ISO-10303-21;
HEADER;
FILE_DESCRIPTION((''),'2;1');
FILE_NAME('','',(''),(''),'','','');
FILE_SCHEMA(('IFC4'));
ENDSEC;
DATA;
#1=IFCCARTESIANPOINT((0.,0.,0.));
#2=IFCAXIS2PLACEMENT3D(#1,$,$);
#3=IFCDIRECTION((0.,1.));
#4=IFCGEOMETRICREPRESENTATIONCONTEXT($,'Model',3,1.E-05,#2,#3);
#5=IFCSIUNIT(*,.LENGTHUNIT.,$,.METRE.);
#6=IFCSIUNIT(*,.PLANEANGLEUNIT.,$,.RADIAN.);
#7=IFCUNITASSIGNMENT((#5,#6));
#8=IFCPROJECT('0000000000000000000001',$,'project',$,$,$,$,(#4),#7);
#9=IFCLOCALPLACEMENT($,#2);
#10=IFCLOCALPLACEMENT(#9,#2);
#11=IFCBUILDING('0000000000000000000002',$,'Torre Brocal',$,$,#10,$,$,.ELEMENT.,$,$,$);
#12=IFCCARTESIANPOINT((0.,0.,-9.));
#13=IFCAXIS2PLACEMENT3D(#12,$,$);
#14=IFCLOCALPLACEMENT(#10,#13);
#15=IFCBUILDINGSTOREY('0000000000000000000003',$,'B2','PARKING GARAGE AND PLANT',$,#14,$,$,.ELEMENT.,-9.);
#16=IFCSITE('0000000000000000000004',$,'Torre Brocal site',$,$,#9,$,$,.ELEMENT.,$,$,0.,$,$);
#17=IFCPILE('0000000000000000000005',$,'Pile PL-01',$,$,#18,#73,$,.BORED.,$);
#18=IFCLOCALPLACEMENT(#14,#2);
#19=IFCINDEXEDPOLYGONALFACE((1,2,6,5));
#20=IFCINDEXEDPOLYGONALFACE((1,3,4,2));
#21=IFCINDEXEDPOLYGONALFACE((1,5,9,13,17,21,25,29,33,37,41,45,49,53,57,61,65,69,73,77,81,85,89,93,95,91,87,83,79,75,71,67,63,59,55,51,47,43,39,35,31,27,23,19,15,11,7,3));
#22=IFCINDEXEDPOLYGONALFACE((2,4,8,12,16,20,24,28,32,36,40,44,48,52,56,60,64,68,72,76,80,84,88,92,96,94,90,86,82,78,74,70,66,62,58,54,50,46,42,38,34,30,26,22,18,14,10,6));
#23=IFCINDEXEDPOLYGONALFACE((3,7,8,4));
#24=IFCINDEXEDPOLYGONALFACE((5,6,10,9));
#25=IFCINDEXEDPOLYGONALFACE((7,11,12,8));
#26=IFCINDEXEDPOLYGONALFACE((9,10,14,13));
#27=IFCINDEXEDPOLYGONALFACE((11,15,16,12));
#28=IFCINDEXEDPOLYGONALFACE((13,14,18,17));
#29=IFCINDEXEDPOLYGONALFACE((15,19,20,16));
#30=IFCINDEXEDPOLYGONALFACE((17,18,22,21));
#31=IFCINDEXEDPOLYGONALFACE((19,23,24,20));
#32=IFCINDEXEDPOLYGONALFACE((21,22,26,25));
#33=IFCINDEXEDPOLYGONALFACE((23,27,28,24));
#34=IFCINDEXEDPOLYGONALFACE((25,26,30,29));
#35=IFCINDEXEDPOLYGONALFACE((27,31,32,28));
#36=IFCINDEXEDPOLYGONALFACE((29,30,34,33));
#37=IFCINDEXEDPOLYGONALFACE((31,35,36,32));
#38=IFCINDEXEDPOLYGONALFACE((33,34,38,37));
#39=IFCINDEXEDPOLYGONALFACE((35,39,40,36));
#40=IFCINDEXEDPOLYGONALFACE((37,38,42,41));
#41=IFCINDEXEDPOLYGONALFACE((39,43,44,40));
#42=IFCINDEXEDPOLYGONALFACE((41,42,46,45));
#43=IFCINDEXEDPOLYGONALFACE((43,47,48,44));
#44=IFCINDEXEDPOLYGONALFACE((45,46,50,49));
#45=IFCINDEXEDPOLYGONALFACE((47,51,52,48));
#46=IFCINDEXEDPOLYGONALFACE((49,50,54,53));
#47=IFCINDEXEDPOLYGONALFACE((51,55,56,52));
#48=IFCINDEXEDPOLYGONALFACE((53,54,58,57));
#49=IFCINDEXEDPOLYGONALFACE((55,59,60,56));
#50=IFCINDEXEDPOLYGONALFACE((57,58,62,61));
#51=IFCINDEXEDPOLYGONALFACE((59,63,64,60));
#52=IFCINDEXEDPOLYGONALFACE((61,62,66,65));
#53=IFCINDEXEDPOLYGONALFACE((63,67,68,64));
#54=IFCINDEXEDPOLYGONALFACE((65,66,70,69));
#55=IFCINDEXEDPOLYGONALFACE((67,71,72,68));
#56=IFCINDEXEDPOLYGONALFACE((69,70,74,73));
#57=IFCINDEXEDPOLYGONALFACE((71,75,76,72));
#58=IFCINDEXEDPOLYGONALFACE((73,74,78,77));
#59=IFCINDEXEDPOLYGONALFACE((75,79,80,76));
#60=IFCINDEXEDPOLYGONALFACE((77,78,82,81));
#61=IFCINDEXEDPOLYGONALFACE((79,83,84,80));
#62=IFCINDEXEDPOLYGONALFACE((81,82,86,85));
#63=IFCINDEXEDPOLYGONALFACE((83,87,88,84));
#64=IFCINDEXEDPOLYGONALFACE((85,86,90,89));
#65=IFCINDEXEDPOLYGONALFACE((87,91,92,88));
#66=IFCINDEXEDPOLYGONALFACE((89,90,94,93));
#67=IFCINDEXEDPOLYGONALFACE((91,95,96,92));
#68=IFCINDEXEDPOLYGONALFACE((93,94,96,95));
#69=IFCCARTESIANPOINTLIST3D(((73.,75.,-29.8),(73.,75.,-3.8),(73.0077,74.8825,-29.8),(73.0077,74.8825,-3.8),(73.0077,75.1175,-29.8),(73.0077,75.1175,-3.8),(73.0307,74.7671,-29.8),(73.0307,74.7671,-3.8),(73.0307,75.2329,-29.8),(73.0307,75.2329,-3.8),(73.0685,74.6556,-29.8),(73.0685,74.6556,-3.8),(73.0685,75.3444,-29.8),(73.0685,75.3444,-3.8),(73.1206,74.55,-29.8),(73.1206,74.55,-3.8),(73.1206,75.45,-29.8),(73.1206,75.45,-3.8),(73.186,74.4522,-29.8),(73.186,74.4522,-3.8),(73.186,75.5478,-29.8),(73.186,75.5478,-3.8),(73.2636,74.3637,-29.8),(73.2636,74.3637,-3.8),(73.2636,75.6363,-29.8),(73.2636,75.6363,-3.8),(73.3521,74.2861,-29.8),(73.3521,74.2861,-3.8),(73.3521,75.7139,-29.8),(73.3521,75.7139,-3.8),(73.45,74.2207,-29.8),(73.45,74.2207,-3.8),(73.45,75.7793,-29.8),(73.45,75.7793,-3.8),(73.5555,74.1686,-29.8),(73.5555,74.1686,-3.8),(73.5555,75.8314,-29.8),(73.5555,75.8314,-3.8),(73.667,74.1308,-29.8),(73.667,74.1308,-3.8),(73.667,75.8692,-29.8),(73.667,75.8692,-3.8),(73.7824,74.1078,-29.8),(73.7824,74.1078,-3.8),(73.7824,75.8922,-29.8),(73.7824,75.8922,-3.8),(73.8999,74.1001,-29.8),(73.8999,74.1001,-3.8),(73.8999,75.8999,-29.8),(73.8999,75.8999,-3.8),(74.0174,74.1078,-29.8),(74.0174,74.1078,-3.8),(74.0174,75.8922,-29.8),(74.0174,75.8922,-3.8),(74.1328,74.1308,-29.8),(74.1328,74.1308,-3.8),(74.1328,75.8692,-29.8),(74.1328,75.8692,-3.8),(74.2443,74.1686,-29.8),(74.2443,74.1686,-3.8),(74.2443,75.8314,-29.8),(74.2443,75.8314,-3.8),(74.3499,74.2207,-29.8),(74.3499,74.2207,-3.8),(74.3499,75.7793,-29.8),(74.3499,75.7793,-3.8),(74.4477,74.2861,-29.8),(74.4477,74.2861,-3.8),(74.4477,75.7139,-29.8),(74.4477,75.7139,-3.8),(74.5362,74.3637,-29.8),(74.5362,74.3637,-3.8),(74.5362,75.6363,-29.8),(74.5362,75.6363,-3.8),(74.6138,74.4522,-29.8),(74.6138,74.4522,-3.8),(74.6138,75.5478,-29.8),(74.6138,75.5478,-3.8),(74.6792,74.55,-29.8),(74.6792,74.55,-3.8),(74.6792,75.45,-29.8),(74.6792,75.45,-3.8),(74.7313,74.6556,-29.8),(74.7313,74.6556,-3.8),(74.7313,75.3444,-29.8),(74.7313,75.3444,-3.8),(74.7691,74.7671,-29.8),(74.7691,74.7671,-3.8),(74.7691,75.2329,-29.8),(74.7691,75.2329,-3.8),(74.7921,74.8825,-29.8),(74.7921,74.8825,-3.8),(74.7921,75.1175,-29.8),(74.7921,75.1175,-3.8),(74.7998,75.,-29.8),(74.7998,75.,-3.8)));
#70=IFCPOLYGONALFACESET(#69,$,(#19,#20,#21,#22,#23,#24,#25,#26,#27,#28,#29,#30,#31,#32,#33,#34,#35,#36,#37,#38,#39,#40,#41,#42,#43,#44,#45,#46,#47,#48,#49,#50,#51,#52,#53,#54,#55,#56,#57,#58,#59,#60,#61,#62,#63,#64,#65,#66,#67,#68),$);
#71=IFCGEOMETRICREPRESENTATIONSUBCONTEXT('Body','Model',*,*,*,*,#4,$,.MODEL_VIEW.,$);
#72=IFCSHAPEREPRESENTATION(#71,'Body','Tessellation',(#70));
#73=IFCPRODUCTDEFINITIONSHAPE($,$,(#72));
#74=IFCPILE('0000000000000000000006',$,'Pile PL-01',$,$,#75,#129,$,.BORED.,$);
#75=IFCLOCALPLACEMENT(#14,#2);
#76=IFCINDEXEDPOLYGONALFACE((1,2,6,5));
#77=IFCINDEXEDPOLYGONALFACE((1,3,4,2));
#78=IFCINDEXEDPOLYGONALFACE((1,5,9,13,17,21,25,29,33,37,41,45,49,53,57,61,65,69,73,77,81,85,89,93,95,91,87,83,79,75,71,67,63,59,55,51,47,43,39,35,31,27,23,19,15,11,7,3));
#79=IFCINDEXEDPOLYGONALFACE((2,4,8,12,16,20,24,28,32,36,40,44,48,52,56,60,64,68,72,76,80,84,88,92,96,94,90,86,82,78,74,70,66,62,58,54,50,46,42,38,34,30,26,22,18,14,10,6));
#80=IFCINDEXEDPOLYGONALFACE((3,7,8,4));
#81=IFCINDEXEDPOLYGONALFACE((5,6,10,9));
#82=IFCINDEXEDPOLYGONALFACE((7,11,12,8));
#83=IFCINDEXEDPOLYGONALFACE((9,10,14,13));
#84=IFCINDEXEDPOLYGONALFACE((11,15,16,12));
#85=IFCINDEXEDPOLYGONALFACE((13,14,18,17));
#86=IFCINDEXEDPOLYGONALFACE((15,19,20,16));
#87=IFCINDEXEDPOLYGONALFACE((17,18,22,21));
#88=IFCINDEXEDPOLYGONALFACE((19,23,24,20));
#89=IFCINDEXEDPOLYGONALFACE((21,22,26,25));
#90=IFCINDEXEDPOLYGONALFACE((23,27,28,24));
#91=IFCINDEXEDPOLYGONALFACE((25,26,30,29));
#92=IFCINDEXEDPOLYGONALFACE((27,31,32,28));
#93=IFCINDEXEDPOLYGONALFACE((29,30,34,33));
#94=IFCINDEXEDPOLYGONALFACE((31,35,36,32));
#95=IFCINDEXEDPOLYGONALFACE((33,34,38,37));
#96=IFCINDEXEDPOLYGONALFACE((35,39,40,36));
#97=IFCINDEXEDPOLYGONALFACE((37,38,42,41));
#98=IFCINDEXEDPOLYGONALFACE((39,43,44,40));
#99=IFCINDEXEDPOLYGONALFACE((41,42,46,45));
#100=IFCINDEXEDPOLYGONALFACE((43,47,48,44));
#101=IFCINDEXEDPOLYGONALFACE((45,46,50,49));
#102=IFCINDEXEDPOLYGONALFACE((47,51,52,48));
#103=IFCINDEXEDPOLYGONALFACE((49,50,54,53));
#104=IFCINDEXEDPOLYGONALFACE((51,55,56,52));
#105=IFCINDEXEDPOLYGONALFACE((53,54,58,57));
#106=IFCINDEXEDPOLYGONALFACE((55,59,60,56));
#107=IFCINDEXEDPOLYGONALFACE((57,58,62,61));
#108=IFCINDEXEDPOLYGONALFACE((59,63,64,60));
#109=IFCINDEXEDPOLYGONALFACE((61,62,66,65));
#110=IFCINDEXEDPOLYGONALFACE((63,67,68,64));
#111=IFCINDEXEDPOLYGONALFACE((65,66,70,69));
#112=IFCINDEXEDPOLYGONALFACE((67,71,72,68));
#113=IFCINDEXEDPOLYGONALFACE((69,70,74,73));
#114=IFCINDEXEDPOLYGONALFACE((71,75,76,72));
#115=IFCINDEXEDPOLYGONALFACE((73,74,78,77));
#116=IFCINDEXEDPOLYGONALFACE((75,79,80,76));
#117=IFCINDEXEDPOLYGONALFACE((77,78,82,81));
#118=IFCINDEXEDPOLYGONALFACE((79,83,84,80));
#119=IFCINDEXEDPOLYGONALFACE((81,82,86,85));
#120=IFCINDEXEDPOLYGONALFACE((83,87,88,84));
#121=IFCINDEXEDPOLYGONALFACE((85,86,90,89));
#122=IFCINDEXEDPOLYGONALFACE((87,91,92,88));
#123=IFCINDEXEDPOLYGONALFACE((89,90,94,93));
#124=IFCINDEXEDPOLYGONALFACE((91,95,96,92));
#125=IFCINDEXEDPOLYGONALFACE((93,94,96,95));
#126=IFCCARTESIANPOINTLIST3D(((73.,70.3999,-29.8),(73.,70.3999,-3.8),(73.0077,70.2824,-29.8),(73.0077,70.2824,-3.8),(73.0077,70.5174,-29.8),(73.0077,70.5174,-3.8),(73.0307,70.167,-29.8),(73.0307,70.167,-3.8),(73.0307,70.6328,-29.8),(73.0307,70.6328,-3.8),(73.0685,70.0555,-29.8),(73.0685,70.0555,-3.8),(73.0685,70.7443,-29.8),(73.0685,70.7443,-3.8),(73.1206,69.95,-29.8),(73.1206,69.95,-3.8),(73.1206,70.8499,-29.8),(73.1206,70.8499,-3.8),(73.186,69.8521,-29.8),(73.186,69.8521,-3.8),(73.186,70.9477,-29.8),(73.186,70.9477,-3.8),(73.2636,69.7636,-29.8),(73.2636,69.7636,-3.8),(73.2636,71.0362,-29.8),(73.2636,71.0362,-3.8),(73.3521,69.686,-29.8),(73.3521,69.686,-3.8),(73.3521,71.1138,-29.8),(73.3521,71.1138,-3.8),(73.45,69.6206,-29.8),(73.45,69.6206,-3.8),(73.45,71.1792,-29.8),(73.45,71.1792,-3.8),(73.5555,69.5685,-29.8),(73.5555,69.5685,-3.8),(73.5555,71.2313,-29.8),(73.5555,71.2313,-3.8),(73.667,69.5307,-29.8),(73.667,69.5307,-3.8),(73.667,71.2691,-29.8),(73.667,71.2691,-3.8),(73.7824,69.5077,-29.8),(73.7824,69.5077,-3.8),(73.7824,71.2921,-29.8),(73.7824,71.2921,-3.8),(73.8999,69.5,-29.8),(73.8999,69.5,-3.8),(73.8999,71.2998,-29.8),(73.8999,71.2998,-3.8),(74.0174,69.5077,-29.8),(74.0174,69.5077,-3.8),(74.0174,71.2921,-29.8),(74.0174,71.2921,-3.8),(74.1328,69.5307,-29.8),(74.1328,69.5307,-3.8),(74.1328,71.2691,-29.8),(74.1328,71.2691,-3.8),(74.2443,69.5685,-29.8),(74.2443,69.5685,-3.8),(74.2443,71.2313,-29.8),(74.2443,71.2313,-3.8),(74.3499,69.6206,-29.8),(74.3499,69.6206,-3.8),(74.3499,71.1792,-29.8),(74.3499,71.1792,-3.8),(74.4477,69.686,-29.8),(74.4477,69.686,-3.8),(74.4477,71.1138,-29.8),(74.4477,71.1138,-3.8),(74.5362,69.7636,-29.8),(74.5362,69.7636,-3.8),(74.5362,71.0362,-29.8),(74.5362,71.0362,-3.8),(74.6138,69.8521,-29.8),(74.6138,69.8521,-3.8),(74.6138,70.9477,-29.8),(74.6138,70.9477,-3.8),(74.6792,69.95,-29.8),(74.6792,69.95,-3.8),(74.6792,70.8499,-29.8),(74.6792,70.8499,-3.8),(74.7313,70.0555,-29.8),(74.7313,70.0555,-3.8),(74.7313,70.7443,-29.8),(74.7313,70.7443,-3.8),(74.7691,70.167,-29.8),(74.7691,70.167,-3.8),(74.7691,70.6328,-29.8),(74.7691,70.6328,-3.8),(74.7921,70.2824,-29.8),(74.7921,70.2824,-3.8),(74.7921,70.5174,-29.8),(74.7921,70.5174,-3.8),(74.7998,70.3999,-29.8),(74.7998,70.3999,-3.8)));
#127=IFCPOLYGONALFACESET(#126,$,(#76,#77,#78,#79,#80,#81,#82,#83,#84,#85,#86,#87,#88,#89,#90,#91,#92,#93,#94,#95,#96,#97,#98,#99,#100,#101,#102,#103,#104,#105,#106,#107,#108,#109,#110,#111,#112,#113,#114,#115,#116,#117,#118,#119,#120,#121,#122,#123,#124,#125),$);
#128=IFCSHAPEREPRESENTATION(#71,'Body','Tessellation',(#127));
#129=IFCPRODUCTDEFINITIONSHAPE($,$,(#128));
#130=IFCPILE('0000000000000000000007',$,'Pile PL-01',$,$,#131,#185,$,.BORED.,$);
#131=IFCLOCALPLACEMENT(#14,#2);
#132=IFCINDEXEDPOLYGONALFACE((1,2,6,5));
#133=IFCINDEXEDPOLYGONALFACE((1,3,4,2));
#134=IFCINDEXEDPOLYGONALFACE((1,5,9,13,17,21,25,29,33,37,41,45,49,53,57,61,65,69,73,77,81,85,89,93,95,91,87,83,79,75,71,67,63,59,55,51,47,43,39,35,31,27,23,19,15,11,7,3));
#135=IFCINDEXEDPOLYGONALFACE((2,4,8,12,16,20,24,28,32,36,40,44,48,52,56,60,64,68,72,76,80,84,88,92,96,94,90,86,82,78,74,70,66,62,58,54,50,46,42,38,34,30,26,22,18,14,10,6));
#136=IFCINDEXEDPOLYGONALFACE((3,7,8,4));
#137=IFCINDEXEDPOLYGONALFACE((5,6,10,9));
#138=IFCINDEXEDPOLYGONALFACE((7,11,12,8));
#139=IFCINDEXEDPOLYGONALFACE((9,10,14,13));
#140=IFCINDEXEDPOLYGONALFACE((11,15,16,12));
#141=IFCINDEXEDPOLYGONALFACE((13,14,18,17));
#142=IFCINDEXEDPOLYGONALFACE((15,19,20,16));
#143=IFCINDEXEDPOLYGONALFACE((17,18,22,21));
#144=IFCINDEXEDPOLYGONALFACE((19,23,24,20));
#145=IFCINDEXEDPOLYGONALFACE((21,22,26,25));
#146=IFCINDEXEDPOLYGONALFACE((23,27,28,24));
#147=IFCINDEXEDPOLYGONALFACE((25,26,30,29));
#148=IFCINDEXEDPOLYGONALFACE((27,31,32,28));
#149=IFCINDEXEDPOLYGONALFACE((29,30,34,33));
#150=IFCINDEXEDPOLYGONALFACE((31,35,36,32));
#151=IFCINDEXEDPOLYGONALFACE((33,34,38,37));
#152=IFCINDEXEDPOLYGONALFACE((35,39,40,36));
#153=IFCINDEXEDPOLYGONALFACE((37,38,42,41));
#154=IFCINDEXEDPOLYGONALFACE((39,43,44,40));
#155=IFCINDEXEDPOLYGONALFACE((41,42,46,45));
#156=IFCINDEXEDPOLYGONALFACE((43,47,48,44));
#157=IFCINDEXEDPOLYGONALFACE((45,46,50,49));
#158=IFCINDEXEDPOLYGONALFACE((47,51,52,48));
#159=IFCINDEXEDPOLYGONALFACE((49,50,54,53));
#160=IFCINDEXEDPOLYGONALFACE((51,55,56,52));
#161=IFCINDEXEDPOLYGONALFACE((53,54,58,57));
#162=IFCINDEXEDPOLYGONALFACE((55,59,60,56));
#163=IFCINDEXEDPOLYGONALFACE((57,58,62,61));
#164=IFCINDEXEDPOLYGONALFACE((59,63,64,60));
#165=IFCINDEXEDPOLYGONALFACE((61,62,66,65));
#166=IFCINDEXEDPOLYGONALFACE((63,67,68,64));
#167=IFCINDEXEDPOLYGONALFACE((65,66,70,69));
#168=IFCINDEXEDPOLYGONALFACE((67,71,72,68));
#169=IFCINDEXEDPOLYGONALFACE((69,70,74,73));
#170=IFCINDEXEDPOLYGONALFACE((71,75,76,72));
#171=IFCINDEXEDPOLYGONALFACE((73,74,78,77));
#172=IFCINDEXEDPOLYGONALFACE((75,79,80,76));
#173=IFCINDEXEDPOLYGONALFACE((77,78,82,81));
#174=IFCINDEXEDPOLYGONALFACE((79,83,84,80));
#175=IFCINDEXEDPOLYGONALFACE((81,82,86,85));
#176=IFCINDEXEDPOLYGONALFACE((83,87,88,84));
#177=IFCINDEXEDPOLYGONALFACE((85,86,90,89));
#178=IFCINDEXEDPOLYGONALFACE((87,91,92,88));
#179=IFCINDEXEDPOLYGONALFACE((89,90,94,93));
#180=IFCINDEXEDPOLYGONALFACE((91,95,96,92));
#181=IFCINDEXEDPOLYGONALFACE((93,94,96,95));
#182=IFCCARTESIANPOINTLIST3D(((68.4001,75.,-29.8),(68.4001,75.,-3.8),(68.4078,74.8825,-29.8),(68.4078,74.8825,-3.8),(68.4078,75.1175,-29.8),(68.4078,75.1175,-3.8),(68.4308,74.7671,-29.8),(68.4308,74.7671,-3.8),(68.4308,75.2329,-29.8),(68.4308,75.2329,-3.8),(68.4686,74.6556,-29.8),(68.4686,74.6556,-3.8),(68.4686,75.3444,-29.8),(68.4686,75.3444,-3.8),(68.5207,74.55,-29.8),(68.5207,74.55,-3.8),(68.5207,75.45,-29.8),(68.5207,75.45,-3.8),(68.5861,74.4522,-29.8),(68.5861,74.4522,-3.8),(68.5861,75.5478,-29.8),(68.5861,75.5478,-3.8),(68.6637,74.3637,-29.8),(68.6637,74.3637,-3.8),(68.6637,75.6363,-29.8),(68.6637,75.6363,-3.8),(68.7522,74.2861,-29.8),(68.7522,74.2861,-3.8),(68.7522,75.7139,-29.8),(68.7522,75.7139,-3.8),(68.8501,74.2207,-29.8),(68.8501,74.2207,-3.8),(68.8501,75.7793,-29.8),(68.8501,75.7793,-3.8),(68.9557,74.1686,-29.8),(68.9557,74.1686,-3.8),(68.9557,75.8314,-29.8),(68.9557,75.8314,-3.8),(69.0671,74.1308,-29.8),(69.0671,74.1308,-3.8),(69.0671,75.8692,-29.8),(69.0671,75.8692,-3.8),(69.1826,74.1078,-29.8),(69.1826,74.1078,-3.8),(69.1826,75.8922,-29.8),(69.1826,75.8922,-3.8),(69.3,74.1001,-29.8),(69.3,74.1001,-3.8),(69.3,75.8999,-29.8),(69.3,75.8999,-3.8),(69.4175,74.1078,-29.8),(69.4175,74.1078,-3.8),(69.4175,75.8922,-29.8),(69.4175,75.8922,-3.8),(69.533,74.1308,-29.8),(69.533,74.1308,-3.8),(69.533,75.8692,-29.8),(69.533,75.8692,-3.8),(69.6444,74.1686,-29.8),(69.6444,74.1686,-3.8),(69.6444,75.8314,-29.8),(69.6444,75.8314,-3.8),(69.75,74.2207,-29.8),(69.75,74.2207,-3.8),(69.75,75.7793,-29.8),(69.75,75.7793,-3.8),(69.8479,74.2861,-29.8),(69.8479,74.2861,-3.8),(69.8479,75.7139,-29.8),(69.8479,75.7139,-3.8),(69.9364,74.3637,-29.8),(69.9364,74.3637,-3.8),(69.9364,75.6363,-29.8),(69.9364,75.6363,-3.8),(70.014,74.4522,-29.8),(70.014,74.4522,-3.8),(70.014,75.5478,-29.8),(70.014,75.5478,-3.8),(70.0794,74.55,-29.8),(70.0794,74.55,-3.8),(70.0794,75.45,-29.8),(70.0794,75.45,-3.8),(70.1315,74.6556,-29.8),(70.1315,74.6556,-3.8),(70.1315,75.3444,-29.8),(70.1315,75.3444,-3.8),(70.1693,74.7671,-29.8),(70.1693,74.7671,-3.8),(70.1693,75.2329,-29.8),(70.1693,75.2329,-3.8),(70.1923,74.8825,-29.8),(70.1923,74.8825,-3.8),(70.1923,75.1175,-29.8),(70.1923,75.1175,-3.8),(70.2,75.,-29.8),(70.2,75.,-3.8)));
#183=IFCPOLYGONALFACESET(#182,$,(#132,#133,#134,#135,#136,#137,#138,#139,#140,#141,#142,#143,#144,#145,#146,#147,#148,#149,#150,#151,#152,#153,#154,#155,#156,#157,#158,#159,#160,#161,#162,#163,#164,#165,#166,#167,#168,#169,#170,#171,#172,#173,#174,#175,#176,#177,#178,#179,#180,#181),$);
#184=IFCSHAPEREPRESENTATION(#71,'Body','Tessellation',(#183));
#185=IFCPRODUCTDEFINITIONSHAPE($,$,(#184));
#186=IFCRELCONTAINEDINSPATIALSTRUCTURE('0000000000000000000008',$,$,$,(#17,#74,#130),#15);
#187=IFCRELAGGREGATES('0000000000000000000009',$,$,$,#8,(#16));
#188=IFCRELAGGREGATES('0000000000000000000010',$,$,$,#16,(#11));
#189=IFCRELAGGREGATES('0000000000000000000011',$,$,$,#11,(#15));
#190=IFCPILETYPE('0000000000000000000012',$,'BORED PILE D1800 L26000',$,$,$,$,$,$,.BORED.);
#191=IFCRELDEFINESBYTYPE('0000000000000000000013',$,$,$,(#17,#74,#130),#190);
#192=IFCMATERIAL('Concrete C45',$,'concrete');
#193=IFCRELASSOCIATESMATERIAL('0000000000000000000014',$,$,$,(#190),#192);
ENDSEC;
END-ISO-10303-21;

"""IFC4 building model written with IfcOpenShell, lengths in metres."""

from ifc_helpers import new_model, si_unit, direction, frame, origin, origin_2d, place, context, subcontext, project, spatial, circle, extrude, material, material_profile, profile_set, type_object, element, save


model = new_model("IFC4")

# Units and contexts
model_context = context("Model", 3, precision=1e-05, world=origin(), true_north=direction((0.0, 1.0)))
body_context = subcontext(model_context, "Body", "Model", "MODEL_VIEW")
ifc_project = project(units=[si_unit("LENGTHUNIT", "METRE"), si_unit("PLANEANGLEUNIT", "RADIAN")], contexts=[model_context])

# Site, building, storey
site_placement = place(None, origin())
site = spatial("IfcSite", under=ifc_project, at=site_placement, Name="Torre Brocal site", CompositionType="ELEMENT", RefElevation=0.0)
building_placement = place(site_placement, origin())
building = spatial("IfcBuilding", under=site, at=building_placement, Name="Torre Brocal", CompositionType="ELEMENT")
storey_placement = place(building_placement, frame((0.0, 0.0, -9.0)))
storey = spatial("IfcBuildingStorey", under=building, at=storey_placement, Name="B2", Description="PARKING GARAGE AND PLANT", CompositionType="ELEMENT", Elevation=-9.0)

# Piles
ifc_material_1 = material(Name="Concrete C45", Category="concrete")
ifc_material_profile = material_profile(ifc_material_1, circle(Radius=0.8999, at=origin_2d()), Name="BORED PILE D1800")
ifc_profile_set = profile_set([ifc_material_profile], Name="Concrete C45")
pile_type = type_object("IfcPileType", Name="BORED PILE D1800 L26000", PredefinedType="BORED", material=ifc_profile_set)
for number, where, z_axis, x_axis, name in (
    (1, (73.8999, 75.0, -3.8), (0.0, 0.0, -1.0), (1.0, 0.0, 0.0), "Pile PL-01"),
    (2, (73.8999, 70.3999, -3.8), (0.0, 0.0, -1.0), (1.0, 0.0, 0.0), "Pile PL-01"),
    (3, (69.3, 75.0, -3.8), (0.0, 0.0, -1.0), (1.0, 0.0, 0.0), "Pile PL-01"),
):
    element("IfcPile", number, at=place(storey_placement, frame(where, z_axis=z_axis, x_axis=x_axis)), inside=storey, type_object=pile_type, Name=name, PredefinedType="BORED", context=body_context, shape_type="SweptSolid", body=[
        extrude(circle(Radius=0.8999, at=origin_2d()), origin(), (0.0, 0.0, 1.0), 26.0),
    ])

save(model, "model.ifc")
